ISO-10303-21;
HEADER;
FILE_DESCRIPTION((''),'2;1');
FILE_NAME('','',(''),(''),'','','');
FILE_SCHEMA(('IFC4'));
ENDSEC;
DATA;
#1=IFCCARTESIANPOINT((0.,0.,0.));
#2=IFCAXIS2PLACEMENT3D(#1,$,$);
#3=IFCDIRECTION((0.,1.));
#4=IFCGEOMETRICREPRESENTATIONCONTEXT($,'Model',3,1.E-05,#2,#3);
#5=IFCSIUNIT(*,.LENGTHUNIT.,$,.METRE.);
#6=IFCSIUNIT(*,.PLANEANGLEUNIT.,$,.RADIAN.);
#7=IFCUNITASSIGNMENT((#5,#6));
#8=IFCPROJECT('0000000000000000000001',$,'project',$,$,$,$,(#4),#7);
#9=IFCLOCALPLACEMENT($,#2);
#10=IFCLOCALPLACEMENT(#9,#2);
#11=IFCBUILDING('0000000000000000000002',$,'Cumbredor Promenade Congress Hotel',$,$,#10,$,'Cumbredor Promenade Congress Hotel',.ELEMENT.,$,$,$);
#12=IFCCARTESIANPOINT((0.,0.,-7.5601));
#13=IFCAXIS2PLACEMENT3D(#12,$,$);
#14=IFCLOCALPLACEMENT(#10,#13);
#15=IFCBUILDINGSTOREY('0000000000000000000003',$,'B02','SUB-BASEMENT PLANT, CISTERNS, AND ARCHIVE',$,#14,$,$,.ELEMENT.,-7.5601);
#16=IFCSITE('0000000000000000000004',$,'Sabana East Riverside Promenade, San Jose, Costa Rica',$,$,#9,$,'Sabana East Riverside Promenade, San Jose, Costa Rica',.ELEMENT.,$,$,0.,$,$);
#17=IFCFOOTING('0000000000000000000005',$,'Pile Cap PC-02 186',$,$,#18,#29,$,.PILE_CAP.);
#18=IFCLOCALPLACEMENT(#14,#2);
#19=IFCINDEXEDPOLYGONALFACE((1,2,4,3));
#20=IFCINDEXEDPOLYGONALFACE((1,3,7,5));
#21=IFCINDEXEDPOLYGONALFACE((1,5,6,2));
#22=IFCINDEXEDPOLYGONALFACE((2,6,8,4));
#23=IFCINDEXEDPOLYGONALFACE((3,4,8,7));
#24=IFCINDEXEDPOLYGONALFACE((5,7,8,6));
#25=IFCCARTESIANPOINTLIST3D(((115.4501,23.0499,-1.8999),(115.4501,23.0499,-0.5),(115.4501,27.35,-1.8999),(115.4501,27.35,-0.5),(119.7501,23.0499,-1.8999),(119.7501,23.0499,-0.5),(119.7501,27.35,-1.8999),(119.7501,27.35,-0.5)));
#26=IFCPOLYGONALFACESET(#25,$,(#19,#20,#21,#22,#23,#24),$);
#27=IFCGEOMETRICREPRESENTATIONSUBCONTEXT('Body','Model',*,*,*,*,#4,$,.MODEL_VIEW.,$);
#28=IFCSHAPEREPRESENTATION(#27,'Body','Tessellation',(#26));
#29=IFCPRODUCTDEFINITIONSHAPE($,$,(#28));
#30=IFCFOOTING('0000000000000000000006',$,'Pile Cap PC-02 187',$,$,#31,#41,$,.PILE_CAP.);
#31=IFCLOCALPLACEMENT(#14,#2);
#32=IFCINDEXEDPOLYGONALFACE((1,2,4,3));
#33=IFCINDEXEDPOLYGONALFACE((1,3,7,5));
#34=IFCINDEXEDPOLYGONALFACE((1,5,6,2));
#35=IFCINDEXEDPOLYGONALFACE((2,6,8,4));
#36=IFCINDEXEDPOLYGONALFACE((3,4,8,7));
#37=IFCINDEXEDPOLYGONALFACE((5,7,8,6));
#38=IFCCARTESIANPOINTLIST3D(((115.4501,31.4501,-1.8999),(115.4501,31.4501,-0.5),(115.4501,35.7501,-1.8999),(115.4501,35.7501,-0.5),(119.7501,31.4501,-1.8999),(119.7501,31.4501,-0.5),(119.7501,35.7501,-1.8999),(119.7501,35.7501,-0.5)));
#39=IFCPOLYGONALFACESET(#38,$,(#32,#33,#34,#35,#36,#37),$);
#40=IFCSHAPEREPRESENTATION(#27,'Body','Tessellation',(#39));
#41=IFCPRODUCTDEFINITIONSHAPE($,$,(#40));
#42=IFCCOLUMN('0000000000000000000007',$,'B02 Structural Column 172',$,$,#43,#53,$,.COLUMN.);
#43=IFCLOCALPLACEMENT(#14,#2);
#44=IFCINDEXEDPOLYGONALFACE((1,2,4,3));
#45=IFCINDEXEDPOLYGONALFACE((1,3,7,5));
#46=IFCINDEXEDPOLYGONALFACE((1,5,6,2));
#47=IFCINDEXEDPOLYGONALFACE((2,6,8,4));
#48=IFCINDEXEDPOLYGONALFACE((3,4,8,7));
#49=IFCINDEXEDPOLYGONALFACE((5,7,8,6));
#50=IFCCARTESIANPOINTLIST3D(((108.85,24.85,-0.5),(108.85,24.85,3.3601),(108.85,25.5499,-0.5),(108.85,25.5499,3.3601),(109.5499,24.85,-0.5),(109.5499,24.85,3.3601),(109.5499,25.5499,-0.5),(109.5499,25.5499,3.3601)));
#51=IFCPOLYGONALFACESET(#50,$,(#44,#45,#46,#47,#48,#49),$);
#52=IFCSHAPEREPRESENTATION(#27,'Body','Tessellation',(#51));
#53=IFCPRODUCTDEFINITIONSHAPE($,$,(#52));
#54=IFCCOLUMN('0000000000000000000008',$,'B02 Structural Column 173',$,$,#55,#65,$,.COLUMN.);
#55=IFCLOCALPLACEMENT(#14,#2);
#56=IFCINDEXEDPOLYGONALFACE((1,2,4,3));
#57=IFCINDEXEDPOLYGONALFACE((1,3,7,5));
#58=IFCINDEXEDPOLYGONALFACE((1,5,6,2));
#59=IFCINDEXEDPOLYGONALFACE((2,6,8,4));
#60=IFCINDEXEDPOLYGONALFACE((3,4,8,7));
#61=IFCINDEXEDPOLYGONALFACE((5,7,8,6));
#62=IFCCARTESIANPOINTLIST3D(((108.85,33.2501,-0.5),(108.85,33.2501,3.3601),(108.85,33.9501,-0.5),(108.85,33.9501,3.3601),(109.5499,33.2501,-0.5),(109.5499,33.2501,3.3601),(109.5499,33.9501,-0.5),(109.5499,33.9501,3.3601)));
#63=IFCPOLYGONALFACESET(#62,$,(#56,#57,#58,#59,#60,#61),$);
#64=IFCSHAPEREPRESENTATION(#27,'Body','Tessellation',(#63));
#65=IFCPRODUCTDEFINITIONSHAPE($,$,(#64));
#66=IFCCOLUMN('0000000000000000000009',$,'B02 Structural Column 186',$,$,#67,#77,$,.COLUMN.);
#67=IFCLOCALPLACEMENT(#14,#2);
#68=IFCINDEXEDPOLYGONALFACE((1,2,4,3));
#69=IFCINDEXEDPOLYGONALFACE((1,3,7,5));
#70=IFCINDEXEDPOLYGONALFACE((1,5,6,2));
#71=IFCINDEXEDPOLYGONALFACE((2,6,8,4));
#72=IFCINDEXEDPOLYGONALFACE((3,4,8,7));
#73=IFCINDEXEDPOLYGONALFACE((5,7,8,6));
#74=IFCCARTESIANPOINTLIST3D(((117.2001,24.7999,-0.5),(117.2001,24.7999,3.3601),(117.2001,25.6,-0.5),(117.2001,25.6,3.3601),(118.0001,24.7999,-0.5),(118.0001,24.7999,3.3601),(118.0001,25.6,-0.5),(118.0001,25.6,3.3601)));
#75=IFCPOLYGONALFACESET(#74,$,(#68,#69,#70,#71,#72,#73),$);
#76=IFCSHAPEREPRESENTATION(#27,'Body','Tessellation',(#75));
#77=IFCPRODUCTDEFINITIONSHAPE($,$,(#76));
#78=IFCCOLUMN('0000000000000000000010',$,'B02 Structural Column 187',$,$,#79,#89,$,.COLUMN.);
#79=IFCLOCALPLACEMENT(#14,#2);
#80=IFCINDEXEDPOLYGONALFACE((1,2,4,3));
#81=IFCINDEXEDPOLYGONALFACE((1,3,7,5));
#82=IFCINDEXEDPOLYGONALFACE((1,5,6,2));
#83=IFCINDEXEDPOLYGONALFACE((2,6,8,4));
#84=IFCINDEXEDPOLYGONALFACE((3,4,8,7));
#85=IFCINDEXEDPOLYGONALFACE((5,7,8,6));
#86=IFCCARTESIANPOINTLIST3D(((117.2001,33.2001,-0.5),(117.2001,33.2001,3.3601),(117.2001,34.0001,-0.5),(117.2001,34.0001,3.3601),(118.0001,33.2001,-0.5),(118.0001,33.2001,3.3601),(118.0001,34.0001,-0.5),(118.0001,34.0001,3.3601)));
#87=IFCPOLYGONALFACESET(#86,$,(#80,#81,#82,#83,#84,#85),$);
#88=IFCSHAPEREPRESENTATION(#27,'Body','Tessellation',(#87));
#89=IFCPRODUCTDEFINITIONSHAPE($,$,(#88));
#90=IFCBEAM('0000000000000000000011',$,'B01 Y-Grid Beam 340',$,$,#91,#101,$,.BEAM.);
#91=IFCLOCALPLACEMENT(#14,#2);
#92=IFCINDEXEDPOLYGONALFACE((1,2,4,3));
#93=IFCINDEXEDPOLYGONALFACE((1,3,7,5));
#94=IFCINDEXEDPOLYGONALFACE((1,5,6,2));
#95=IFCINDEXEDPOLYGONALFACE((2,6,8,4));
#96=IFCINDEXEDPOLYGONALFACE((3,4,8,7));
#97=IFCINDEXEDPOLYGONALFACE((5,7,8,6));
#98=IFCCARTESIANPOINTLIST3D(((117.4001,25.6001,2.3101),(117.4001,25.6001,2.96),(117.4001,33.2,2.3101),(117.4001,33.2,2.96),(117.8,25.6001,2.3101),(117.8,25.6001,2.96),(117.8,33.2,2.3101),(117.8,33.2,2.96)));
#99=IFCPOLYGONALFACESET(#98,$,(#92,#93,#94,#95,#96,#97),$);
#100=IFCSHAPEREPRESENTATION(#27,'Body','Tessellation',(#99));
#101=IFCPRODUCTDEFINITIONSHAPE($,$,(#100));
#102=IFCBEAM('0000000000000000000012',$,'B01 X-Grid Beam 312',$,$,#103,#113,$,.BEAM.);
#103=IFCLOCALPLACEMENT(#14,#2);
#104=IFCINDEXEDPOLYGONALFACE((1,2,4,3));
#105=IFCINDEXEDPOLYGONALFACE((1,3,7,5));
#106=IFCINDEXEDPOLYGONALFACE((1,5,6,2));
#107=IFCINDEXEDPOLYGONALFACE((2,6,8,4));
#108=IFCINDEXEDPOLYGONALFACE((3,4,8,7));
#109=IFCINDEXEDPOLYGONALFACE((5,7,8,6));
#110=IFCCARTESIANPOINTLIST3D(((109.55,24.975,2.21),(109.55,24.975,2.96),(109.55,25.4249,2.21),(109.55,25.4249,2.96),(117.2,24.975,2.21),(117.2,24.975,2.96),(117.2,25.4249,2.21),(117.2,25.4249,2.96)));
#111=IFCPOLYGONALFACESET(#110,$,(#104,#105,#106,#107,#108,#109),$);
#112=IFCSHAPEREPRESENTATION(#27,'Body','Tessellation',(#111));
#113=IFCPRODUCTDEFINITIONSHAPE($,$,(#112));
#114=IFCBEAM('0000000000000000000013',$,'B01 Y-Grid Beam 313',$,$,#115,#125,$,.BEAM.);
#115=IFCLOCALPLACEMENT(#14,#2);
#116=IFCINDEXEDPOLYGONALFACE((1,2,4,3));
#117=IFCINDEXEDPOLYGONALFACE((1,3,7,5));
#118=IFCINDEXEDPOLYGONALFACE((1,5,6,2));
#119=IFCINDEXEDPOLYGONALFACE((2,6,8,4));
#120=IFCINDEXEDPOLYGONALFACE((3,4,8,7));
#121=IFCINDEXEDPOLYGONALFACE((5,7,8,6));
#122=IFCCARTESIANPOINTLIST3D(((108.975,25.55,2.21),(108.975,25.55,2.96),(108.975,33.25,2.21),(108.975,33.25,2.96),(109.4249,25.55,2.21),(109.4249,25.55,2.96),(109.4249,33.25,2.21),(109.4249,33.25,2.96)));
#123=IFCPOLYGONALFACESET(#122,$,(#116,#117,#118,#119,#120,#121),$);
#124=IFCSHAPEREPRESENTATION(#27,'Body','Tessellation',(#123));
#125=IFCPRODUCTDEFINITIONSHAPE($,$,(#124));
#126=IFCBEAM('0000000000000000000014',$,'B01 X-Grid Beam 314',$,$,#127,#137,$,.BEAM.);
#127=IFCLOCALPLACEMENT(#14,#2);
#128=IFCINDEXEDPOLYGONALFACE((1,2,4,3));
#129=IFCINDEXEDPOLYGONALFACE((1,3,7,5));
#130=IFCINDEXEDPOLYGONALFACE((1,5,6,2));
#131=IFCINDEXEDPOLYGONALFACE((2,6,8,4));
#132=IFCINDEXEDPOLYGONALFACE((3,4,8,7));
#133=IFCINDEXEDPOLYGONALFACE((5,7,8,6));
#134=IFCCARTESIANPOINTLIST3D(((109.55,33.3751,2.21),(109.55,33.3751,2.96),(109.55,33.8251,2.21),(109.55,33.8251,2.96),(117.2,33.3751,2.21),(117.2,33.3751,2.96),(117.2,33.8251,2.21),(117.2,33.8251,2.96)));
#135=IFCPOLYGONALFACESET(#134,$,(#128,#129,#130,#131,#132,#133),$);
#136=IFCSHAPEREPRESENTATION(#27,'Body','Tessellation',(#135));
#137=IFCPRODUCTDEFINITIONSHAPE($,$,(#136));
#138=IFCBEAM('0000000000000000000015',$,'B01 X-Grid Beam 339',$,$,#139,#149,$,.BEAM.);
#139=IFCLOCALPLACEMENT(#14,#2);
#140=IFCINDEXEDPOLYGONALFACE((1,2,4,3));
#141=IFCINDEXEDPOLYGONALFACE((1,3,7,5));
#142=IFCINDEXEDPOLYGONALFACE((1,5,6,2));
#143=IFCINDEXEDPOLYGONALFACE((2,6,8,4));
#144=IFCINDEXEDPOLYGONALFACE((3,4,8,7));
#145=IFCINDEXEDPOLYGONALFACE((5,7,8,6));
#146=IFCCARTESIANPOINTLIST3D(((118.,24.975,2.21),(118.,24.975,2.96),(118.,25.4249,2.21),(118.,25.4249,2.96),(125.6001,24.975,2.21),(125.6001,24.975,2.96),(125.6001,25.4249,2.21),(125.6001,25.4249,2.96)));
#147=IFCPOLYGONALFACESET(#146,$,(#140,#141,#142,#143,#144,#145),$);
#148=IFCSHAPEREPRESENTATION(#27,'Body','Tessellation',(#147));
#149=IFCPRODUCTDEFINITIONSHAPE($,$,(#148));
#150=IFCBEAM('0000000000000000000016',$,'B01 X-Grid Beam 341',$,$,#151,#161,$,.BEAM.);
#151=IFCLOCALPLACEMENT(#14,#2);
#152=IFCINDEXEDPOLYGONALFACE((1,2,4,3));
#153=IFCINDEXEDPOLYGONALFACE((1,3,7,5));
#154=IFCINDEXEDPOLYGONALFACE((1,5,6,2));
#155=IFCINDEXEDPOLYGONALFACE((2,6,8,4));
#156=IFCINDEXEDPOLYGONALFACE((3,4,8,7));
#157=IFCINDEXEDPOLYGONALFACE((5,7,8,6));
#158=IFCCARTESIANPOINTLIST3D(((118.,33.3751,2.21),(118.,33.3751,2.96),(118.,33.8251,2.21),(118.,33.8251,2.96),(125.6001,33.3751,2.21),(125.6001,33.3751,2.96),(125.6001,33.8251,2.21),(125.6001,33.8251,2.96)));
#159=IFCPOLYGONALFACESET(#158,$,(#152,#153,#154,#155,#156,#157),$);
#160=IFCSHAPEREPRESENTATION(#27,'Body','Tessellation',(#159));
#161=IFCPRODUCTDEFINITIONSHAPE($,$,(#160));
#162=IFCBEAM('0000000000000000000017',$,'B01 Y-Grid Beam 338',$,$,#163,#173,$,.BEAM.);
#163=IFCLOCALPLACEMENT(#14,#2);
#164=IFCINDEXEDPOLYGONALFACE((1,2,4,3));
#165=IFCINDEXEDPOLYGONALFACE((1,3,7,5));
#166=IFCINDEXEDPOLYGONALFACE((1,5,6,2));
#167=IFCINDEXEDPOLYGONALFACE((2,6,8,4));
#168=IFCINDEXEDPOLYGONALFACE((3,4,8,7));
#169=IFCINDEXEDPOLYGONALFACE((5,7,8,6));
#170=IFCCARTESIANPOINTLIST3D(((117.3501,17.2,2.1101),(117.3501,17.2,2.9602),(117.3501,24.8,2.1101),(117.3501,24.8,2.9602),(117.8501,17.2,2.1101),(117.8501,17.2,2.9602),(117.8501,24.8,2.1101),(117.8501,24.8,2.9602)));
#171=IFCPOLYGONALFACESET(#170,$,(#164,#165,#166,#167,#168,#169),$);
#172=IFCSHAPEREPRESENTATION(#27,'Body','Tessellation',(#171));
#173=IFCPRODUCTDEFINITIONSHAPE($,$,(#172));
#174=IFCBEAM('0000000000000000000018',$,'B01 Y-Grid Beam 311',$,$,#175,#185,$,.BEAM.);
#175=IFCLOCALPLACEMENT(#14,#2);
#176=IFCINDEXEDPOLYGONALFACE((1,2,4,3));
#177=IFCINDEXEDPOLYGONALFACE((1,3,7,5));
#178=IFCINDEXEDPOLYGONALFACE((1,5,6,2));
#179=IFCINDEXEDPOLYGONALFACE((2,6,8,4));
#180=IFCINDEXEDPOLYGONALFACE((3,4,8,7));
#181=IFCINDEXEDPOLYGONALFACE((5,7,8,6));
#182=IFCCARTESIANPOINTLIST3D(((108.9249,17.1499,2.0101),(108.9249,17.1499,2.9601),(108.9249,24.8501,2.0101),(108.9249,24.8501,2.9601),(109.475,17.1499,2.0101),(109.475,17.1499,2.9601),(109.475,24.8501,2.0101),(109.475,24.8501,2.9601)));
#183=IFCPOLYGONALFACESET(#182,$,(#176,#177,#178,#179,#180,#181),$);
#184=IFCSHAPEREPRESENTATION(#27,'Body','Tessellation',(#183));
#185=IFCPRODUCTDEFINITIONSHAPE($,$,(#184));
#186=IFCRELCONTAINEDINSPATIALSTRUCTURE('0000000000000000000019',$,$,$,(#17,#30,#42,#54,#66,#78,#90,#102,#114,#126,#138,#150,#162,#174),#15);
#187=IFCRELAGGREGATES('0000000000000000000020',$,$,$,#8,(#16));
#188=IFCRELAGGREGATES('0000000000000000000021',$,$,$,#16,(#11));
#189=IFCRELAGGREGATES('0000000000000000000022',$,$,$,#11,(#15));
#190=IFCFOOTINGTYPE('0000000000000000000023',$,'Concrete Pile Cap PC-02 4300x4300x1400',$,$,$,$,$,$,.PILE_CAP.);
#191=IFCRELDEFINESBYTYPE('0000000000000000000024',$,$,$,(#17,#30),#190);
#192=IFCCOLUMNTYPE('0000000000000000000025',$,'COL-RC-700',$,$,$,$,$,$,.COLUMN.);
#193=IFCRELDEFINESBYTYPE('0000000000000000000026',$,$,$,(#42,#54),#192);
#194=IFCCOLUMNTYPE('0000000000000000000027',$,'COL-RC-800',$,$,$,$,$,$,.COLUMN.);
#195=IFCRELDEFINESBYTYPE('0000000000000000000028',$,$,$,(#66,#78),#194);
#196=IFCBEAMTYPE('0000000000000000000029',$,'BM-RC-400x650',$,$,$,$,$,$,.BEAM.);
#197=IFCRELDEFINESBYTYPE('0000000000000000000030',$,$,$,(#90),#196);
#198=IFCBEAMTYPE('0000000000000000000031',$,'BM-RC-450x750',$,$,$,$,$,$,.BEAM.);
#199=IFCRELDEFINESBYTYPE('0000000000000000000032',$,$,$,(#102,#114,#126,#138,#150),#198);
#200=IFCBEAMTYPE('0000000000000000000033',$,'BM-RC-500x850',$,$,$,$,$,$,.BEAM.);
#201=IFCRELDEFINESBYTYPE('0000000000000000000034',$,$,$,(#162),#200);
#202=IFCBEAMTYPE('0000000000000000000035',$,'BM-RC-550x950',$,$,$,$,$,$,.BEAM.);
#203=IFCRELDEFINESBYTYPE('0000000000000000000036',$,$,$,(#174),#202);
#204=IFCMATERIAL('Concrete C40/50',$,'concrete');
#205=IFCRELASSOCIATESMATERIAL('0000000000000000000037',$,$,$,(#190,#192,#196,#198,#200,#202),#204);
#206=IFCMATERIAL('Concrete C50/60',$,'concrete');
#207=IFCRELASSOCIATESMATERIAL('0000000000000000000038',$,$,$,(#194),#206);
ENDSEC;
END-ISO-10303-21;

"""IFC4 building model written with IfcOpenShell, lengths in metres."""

from ifc_helpers import new_model, si_unit, direction, frame, origin, origin_2d, place, context, subcontext, project, spatial, rectangle, extrude, material, material_profile, profile_set, type_object, element, save


model = new_model("IFC4")

# Units and contexts
model_context = context("Model", 3, precision=1e-05, world=origin(), true_north=direction((0.0, 1.0)))
body_context = subcontext(model_context, "Body", "Model", "MODEL_VIEW")
ifc_project = project(units=[si_unit("LENGTHUNIT", "METRE"), si_unit("PLANEANGLEUNIT", "RADIAN")], contexts=[model_context])

# Site, building, storey
site_placement = place(None, origin())
site = spatial("IfcSite", under=ifc_project, at=site_placement, Name="Sabana East Riverside Promenade, San Jose, Costa Rica", LongName="Sabana East Riverside Promenade, San Jose, Costa Rica", CompositionType="ELEMENT", RefElevation=0.0)
building_placement = place(site_placement, origin())
building = spatial("IfcBuilding", under=site, at=building_placement, Name="Cumbredor Promenade Congress Hotel", LongName="Cumbredor Promenade Congress Hotel", CompositionType="ELEMENT")
storey_placement = place(building_placement, frame((0.0, 0.0, -7.5601)))
storey = spatial("IfcBuildingStorey", under=building, at=storey_placement, Name="B02", Description="SUB-BASEMENT PLANT, CISTERNS, AND ARCHIVE", CompositionType="ELEMENT", Elevation=-7.5601)

# Shared definitions
ifc_material_1 = material(Name="Concrete C40/50", Category="concrete")

# Footings
footing_type_1 = type_object("IfcFootingType", Name="Concrete Pile Cap PC-02 4300x4300x1400", PredefinedType="PILE_CAP", material=ifc_material_1)
for number, where, z_axis, x_axis, name in (
    (1, (117.6001, 25.2, -1.8999), (0.0, 0.0, 1.0), (1.0, 0.0, 0.0), "Pile Cap PC-02 186"),
    (2, (117.6001, 33.6001, -1.8999), (0.0, 0.0, 1.0), (1.0, 0.0, 0.0), "Pile Cap PC-02 187"),
):
    element("IfcFooting", number, at=place(storey_placement, frame(where, z_axis=z_axis, x_axis=x_axis)), inside=storey, type_object=footing_type_1, Name=name, PredefinedType="PILE_CAP", context=body_context, shape_type="SweptSolid", body=[
        extrude(rectangle(XDim=4.3, YDim=4.3, at=origin_2d()), origin(), (0.0, 0.0, 1.0), 1.3999),
    ])

# Columns
ifc_material_profile_1 = material_profile(ifc_material_1, rectangle(XDim=0.7, YDim=0.7, at=origin_2d()), Name="RC 700x700")
ifc_profile_set_1 = profile_set([ifc_material_profile_1], Name="Concrete C40/50")
column_type_1 = type_object("IfcColumnType", Name="COL-RC-700", PredefinedType="COLUMN", material=ifc_profile_set_1)
for number, where, z_axis, x_axis, name in (
    (3, (109.2, 25.2, -0.5), (0.0, 0.0, 1.0), (1.0, 0.0, 0.0), "B02 Structural Column 172"),
    (4, (109.2, 33.6001, -0.5), (0.0, 0.0, 1.0), (1.0, 0.0, 0.0), "B02 Structural Column 173"),
):
    element("IfcColumn", number, at=place(storey_placement, frame(where, z_axis=z_axis, x_axis=x_axis)), inside=storey, type_object=column_type_1, Name=name, PredefinedType="COLUMN", context=body_context, shape_type="SweptSolid", body=[
        extrude(rectangle(XDim=0.7, YDim=0.7, at=origin_2d()), origin(), (0.0, 0.0, 1.0), 3.8601),
    ])
ifc_material_2 = material(Name="Concrete C50/60", Category="concrete")
ifc_material_profile_2 = material_profile(ifc_material_2, rectangle(XDim=0.8, YDim=0.8, at=origin_2d()), Name="RC 800x800")
ifc_profile_set_2 = profile_set([ifc_material_profile_2], Name="Concrete C50/60")
column_type_2 = type_object("IfcColumnType", Name="COL-RC-800", PredefinedType="COLUMN", material=ifc_profile_set_2)
for number, where, z_axis, x_axis, name in (
    (5, (117.6001, 25.2, -0.5), (0.0, 0.0, 1.0), (1.0, 0.0, 0.0), "B02 Structural Column 186"),
    (6, (117.6001, 33.6001, -0.5), (0.0, 0.0, 1.0), (1.0, 0.0, 0.0), "B02 Structural Column 187"),
):
    element("IfcColumn", number, at=place(storey_placement, frame(where, z_axis=z_axis, x_axis=x_axis)), inside=storey, type_object=column_type_2, Name=name, PredefinedType="COLUMN", context=body_context, shape_type="SweptSolid", body=[
        extrude(rectangle(XDim=0.8, YDim=0.8, at=origin_2d()), origin(), (0.0, 0.0, 1.0), 3.8601),
    ])

# Beams
ifc_material_profile_3 = material_profile(ifc_material_1, rectangle(XDim=0.3999, YDim=0.6499, at=origin_2d()), Name="RC BEAM 400x650")
ifc_profile_set_3 = profile_set([ifc_material_profile_3], Name="Concrete C40/50")
beam_type_1 = type_object("IfcBeamType", Name="BM-RC-400x650", PredefinedType="BEAM", material=ifc_profile_set_3)
beam_1_placement = place(storey_placement, frame((117.6001, 25.6001, 2.635), z_axis=(0.0, 1.0, 0.0), x_axis=(-1.0, 0.0, 0.0)))
element("IfcBeam", 7, at=beam_1_placement, inside=storey, type_object=beam_type_1, Name="B01 Y-Grid Beam 340", PredefinedType="BEAM", context=body_context, shape_type="SweptSolid", body=[
    extrude(rectangle(XDim=0.3999, YDim=0.6499, at=origin_2d()), origin(), (0.0, 0.0, 1.0), 7.5999),
])
ifc_material_profile_4 = material_profile(ifc_material_1, rectangle(XDim=0.45, YDim=0.75, at=origin_2d()), Name="RC BEAM 450x750")
ifc_profile_set_4 = profile_set([ifc_material_profile_4], Name="Concrete C40/50")
beam_type_2 = type_object("IfcBeamType", Name="BM-RC-450x750", PredefinedType="BEAM", material=ifc_profile_set_4)
beam_2_placement = place(storey_placement, frame((109.55, 25.2, 2.585), z_axis=(1.0, 0.0, 0.0), x_axis=(0.0, 1.0, 0.0)))
element("IfcBeam", 8, at=beam_2_placement, inside=storey, type_object=beam_type_2, Name="B01 X-Grid Beam 312", PredefinedType="BEAM", context=body_context, shape_type="SweptSolid", body=[
    extrude(rectangle(XDim=0.45, YDim=0.75, at=origin_2d()), origin(), (0.0, 0.0, 1.0), 7.6499),
])
beam_3_placement = place(storey_placement, frame((109.2, 25.55, 2.585), z_axis=(0.0, 1.0, 0.0), x_axis=(-1.0, 0.0, 0.0)))
element("IfcBeam", 9, at=beam_3_placement, inside=storey, type_object=beam_type_2, Name="B01 Y-Grid Beam 313", PredefinedType="BEAM", context=body_context, shape_type="SweptSolid", body=[
    extrude(rectangle(XDim=0.45, YDim=0.75, at=origin_2d()), origin(), (0.0, 0.0, 1.0), 7.7),
])
beam_4_placement = place(storey_placement, frame((109.55, 33.6001, 2.585), z_axis=(1.0, 0.0, 0.0), x_axis=(0.0, 1.0, 0.0)))
element("IfcBeam", 10, at=beam_4_placement, inside=storey, type_object=beam_type_2, Name="B01 X-Grid Beam 314", PredefinedType="BEAM", context=body_context, shape_type="SweptSolid", body=[
    extrude(rectangle(XDim=0.45, YDim=0.75, at=origin_2d()), origin(), (0.0, 0.0, 1.0), 7.6499),
])
for number, where, z_axis, x_axis, name in (
    (11, (118.0, 25.2, 2.585), (1.0, 0.0, 0.0), (0.0, 1.0, 0.0), "B01 X-Grid Beam 339"),
    (12, (118.0, 33.6001, 2.585), (1.0, 0.0, 0.0), (0.0, 1.0, 0.0), "B01 X-Grid Beam 341"),
):
    element("IfcBeam", number, at=place(storey_placement, frame(where, z_axis=z_axis, x_axis=x_axis)), inside=storey, type_object=beam_type_2, Name=name, PredefinedType="BEAM", context=body_context, shape_type="SweptSolid", body=[
        extrude(rectangle(XDim=0.45, YDim=0.75, at=origin_2d()), origin(), (0.0, 0.0, 1.0), 7.6001),
    ])
ifc_material_profile_5 = material_profile(ifc_material_1, rectangle(XDim=0.5, YDim=0.8501, at=origin_2d()), Name="RC BEAM 500x850")
ifc_profile_set_5 = profile_set([ifc_material_profile_5], Name="Concrete C40/50")
beam_type_3 = type_object("IfcBeamType", Name="BM-RC-500x850", PredefinedType="BEAM", material=ifc_profile_set_5)
beam_5_placement = place(storey_placement, frame((117.6001, 17.2, 2.5352), z_axis=(0.0, 1.0, 0.0), x_axis=(-1.0, 0.0, 0.0)))
element("IfcBeam", 13, at=beam_5_placement, inside=storey, type_object=beam_type_3, Name="B01 Y-Grid Beam 338", PredefinedType="BEAM", context=body_context, shape_type="SweptSolid", body=[
    extrude(rectangle(XDim=0.5, YDim=0.8501, at=origin_2d()), origin(), (0.0, 0.0, 1.0), 7.6001),
])
ifc_material_profile_6 = material_profile(ifc_material_1, rectangle(XDim=0.55, YDim=0.95, at=origin_2d()), Name="RC BEAM 550x950")
ifc_profile_set_6 = profile_set([ifc_material_profile_6], Name="Concrete C40/50")
beam_type_4 = type_object("IfcBeamType", Name="BM-RC-550x950", PredefinedType="BEAM", material=ifc_profile_set_6)
beam_6_placement = place(storey_placement, frame((109.2, 17.1499, 2.4851), z_axis=(0.0, 1.0, 0.0), x_axis=(-1.0, 0.0, 0.0)))
element("IfcBeam", 14, at=beam_6_placement, inside=storey, type_object=beam_type_4, Name="B01 Y-Grid Beam 311", PredefinedType="BEAM", context=body_context, shape_type="SweptSolid", body=[
    extrude(rectangle(XDim=0.55, YDim=0.95, at=origin_2d()), origin(), (0.0, 0.0, 1.0), 7.7002),
])

save(model, "model.ifc")
